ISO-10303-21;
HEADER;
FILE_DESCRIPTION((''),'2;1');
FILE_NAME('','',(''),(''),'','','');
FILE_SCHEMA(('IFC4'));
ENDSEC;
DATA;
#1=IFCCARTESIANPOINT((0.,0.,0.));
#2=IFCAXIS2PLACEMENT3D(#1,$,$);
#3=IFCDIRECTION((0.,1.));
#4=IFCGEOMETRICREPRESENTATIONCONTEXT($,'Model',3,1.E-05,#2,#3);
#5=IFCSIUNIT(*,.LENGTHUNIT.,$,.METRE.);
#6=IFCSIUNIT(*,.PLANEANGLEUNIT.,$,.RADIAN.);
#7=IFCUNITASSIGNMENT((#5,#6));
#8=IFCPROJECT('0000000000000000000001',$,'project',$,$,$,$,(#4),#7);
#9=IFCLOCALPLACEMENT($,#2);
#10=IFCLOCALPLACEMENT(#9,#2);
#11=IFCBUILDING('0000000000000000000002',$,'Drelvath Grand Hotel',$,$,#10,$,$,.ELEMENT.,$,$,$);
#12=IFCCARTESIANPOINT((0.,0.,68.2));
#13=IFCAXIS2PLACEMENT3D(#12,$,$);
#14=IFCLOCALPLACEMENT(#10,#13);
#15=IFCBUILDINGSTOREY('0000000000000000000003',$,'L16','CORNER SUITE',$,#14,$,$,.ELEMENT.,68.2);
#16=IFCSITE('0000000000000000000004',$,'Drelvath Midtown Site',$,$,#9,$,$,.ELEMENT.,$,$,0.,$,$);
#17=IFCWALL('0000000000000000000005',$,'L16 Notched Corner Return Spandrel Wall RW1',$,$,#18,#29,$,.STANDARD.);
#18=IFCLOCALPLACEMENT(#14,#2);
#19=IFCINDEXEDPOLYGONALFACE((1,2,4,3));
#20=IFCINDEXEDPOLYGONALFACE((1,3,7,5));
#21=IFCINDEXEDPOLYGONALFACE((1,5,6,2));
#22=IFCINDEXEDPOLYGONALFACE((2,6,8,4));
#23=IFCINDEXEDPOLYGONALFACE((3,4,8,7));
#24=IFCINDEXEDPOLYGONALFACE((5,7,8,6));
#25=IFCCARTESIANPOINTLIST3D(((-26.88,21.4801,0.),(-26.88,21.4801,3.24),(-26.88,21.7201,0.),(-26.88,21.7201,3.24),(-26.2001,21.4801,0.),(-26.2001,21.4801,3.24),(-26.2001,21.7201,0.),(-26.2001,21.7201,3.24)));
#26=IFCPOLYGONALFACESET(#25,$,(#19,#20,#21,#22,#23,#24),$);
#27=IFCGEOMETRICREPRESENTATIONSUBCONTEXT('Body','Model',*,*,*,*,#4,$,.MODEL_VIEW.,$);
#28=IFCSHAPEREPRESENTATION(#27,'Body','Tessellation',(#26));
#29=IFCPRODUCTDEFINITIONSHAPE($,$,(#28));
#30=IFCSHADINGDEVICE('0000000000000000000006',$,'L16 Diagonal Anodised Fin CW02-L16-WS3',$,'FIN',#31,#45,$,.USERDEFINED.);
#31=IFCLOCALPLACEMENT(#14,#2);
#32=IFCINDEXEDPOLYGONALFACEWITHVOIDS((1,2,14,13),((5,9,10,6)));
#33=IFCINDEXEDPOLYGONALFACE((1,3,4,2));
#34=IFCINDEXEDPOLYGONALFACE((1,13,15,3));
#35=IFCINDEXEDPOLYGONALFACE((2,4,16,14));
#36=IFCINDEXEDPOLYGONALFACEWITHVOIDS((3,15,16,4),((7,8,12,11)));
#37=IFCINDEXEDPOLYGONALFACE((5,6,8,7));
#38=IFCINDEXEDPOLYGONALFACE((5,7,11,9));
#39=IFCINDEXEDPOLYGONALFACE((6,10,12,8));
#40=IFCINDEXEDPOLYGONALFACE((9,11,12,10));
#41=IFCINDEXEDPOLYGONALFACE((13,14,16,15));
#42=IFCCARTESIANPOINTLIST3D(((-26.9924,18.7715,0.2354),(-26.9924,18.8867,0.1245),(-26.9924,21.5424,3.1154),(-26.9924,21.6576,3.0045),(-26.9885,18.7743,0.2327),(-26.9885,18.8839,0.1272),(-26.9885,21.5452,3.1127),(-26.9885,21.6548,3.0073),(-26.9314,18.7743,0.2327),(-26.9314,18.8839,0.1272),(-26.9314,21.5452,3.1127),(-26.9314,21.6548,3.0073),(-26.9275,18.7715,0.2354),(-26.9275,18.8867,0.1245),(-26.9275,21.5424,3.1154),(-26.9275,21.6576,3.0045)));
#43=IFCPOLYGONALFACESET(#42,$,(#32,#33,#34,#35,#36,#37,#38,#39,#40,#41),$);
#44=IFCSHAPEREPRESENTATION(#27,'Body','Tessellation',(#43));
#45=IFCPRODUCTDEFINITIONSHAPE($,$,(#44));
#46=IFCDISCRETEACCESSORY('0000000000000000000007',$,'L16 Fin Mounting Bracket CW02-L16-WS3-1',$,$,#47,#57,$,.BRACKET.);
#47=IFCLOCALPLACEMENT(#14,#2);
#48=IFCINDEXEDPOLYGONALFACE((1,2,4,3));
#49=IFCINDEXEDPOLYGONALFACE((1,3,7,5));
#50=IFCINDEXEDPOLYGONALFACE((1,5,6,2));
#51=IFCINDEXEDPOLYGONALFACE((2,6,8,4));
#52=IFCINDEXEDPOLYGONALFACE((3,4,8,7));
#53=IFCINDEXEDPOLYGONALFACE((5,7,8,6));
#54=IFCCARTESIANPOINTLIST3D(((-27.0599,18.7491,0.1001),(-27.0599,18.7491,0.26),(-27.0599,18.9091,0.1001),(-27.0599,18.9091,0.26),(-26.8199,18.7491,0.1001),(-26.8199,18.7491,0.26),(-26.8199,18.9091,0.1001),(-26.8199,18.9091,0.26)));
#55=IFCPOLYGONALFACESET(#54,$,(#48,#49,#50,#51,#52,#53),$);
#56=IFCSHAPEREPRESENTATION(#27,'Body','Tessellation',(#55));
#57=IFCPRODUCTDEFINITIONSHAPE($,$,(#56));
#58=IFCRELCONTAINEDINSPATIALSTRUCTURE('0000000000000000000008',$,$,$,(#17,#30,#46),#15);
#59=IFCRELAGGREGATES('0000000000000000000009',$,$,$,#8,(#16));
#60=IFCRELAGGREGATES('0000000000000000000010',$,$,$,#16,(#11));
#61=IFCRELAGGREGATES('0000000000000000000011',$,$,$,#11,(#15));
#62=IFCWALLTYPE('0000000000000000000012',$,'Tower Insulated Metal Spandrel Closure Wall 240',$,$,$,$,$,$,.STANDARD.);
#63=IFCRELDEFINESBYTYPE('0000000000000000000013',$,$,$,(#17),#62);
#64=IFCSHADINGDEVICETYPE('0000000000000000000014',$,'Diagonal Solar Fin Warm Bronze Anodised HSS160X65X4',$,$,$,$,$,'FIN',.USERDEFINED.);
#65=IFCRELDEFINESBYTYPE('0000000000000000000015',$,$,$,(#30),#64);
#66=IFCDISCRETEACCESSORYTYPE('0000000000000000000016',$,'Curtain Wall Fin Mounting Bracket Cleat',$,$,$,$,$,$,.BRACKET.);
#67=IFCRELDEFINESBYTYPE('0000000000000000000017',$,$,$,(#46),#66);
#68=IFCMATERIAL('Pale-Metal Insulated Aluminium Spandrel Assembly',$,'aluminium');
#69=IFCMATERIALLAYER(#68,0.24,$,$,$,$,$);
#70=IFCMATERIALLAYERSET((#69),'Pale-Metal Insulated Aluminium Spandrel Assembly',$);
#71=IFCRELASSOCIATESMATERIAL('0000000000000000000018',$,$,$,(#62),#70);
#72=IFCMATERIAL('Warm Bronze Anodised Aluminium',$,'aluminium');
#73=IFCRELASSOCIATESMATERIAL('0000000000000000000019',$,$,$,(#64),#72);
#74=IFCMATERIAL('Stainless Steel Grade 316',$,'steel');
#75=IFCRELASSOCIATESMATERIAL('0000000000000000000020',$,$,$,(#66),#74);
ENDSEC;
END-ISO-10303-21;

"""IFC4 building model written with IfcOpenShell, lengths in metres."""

from ifc_helpers import new_model, si_unit, direction, frame, frame_2d, origin, origin_2d, place, context, subcontext, project, spatial, rectangle, hollow_rectangle, extrude, material, layer, layer_set, material_profile, profile_set, type_object, element, save


model = new_model("IFC4")

# Units and contexts
model_context = context("Model", 3, precision=1e-05, world=origin(), true_north=direction((0.0, 1.0)))
body_context = subcontext(model_context, "Body", "Model", "MODEL_VIEW")
ifc_project = project(units=[si_unit("LENGTHUNIT", "METRE"), si_unit("PLANEANGLEUNIT", "RADIAN")], contexts=[model_context])

# Site, building, storey
site_placement = place(None, origin())
site = spatial("IfcSite", under=ifc_project, at=site_placement, Name="Drelvath Midtown Site", CompositionType="ELEMENT", RefElevation=0.0)
building_placement = place(site_placement, origin())
building = spatial("IfcBuilding", under=site, at=building_placement, Name="Drelvath Grand Hotel", CompositionType="ELEMENT")
storey_placement = place(building_placement, frame((0.0, 0.0, 68.2)))
storey = spatial("IfcBuildingStorey", under=building, at=storey_placement, Name="L16", Description="CORNER SUITE", CompositionType="ELEMENT", Elevation=68.2)

# Wall
ifc_material_1 = material(Name="Pale-Metal Insulated Aluminium Spandrel Assembly", Category="aluminium")
ifc_layer_1 = layer(ifc_material_1, 0.24)
ifc_layer_set_1 = layer_set([ifc_layer_1], Name="Pale-Metal Insulated Aluminium Spandrel Assembly")
wall_type_1 = type_object("IfcWallType", Name="Tower Insulated Metal Spandrel Closure Wall 240", PredefinedType="STANDARD", material=ifc_layer_set_1)
wall_1_placement = place(storey_placement, frame((-26.8799, 21.6001, 0.0), z_axis=(0.0, 0.0, 1.0), x_axis=(1.0, 0.0, 0.0)))
element("IfcWall", 1, at=wall_1_placement, inside=storey, type_object=wall_type_1, Name="L16 Notched Corner Return Spandrel Wall RW1", PredefinedType="STANDARD", context=body_context, shape_type="SweptSolid", body=[
    extrude(rectangle(XDim=0.6799, YDim=0.24, at=frame_2d((0.3398, 0.0))), origin(), (0.0, 0.0, 1.0), 3.24),
])

# Shading device
ifc_material_2 = material(Name="Warm Bronze Anodised Aluminium", Category="aluminium")
ifc_material_profile_1 = material_profile(ifc_material_2, hollow_rectangle(XDim=0.0649, YDim=0.1599, WallThickness=0.0039, at=origin_2d()), Name="HSS160X65X4")
ifc_profile_set_1 = profile_set([ifc_material_profile_1], Name="Warm Bronze Anodised Aluminium")
shading_device_type = type_object("IfcShadingDeviceType", Name="Diagonal Solar Fin Warm Bronze Anodised HSS160X65X4", ElementType="FIN", PredefinedType="USERDEFINED", material=ifc_profile_set_1)
shading_device_placement = place(storey_placement, frame((-26.96, 18.8291, 0.1799), z_axis=(0.0, 0.693322, 0.720628), x_axis=(-1.0, 0.0, 0.0)))
element("IfcShadingDevice", 2, at=shading_device_placement, inside=storey, type_object=shading_device_type, Name="L16 Diagonal Anodised Fin CW02-L16-WS3", ObjectType="FIN", PredefinedType="USERDEFINED", context=body_context, shape_type="SweptSolid", body=[
    extrude(hollow_rectangle(XDim=0.0649, YDim=0.1599, WallThickness=0.0039, at=origin_2d()), origin(), (0.0, 0.0, 1.0), 3.9966),
])

# Discrete accessory
ifc_material_3 = material(Name="Stainless Steel Grade 316", Category="steel")
discrete_accessory_type = type_object("IfcDiscreteAccessoryType", Name="Curtain Wall Fin Mounting Bracket Cleat", PredefinedType="BRACKET", material=ifc_material_3)
discrete_accessory_placement = place(storey_placement, frame((-26.9399, 18.8291, 0.1001), z_axis=(0.0, 0.0, 1.0), x_axis=(0.0, 1.0, 0.0)))
element("IfcDiscreteAccessory", 3, at=discrete_accessory_placement, inside=storey, type_object=discrete_accessory_type, Name="L16 Fin Mounting Bracket CW02-L16-WS3-1", PredefinedType="BRACKET", context=body_context, shape_type="SweptSolid", body=[
    extrude(rectangle(XDim=0.1599, YDim=0.24, at=origin_2d()), origin(), (0.0, 0.0, 1.0), 0.1599),
])

save(model, "model.ifc")
